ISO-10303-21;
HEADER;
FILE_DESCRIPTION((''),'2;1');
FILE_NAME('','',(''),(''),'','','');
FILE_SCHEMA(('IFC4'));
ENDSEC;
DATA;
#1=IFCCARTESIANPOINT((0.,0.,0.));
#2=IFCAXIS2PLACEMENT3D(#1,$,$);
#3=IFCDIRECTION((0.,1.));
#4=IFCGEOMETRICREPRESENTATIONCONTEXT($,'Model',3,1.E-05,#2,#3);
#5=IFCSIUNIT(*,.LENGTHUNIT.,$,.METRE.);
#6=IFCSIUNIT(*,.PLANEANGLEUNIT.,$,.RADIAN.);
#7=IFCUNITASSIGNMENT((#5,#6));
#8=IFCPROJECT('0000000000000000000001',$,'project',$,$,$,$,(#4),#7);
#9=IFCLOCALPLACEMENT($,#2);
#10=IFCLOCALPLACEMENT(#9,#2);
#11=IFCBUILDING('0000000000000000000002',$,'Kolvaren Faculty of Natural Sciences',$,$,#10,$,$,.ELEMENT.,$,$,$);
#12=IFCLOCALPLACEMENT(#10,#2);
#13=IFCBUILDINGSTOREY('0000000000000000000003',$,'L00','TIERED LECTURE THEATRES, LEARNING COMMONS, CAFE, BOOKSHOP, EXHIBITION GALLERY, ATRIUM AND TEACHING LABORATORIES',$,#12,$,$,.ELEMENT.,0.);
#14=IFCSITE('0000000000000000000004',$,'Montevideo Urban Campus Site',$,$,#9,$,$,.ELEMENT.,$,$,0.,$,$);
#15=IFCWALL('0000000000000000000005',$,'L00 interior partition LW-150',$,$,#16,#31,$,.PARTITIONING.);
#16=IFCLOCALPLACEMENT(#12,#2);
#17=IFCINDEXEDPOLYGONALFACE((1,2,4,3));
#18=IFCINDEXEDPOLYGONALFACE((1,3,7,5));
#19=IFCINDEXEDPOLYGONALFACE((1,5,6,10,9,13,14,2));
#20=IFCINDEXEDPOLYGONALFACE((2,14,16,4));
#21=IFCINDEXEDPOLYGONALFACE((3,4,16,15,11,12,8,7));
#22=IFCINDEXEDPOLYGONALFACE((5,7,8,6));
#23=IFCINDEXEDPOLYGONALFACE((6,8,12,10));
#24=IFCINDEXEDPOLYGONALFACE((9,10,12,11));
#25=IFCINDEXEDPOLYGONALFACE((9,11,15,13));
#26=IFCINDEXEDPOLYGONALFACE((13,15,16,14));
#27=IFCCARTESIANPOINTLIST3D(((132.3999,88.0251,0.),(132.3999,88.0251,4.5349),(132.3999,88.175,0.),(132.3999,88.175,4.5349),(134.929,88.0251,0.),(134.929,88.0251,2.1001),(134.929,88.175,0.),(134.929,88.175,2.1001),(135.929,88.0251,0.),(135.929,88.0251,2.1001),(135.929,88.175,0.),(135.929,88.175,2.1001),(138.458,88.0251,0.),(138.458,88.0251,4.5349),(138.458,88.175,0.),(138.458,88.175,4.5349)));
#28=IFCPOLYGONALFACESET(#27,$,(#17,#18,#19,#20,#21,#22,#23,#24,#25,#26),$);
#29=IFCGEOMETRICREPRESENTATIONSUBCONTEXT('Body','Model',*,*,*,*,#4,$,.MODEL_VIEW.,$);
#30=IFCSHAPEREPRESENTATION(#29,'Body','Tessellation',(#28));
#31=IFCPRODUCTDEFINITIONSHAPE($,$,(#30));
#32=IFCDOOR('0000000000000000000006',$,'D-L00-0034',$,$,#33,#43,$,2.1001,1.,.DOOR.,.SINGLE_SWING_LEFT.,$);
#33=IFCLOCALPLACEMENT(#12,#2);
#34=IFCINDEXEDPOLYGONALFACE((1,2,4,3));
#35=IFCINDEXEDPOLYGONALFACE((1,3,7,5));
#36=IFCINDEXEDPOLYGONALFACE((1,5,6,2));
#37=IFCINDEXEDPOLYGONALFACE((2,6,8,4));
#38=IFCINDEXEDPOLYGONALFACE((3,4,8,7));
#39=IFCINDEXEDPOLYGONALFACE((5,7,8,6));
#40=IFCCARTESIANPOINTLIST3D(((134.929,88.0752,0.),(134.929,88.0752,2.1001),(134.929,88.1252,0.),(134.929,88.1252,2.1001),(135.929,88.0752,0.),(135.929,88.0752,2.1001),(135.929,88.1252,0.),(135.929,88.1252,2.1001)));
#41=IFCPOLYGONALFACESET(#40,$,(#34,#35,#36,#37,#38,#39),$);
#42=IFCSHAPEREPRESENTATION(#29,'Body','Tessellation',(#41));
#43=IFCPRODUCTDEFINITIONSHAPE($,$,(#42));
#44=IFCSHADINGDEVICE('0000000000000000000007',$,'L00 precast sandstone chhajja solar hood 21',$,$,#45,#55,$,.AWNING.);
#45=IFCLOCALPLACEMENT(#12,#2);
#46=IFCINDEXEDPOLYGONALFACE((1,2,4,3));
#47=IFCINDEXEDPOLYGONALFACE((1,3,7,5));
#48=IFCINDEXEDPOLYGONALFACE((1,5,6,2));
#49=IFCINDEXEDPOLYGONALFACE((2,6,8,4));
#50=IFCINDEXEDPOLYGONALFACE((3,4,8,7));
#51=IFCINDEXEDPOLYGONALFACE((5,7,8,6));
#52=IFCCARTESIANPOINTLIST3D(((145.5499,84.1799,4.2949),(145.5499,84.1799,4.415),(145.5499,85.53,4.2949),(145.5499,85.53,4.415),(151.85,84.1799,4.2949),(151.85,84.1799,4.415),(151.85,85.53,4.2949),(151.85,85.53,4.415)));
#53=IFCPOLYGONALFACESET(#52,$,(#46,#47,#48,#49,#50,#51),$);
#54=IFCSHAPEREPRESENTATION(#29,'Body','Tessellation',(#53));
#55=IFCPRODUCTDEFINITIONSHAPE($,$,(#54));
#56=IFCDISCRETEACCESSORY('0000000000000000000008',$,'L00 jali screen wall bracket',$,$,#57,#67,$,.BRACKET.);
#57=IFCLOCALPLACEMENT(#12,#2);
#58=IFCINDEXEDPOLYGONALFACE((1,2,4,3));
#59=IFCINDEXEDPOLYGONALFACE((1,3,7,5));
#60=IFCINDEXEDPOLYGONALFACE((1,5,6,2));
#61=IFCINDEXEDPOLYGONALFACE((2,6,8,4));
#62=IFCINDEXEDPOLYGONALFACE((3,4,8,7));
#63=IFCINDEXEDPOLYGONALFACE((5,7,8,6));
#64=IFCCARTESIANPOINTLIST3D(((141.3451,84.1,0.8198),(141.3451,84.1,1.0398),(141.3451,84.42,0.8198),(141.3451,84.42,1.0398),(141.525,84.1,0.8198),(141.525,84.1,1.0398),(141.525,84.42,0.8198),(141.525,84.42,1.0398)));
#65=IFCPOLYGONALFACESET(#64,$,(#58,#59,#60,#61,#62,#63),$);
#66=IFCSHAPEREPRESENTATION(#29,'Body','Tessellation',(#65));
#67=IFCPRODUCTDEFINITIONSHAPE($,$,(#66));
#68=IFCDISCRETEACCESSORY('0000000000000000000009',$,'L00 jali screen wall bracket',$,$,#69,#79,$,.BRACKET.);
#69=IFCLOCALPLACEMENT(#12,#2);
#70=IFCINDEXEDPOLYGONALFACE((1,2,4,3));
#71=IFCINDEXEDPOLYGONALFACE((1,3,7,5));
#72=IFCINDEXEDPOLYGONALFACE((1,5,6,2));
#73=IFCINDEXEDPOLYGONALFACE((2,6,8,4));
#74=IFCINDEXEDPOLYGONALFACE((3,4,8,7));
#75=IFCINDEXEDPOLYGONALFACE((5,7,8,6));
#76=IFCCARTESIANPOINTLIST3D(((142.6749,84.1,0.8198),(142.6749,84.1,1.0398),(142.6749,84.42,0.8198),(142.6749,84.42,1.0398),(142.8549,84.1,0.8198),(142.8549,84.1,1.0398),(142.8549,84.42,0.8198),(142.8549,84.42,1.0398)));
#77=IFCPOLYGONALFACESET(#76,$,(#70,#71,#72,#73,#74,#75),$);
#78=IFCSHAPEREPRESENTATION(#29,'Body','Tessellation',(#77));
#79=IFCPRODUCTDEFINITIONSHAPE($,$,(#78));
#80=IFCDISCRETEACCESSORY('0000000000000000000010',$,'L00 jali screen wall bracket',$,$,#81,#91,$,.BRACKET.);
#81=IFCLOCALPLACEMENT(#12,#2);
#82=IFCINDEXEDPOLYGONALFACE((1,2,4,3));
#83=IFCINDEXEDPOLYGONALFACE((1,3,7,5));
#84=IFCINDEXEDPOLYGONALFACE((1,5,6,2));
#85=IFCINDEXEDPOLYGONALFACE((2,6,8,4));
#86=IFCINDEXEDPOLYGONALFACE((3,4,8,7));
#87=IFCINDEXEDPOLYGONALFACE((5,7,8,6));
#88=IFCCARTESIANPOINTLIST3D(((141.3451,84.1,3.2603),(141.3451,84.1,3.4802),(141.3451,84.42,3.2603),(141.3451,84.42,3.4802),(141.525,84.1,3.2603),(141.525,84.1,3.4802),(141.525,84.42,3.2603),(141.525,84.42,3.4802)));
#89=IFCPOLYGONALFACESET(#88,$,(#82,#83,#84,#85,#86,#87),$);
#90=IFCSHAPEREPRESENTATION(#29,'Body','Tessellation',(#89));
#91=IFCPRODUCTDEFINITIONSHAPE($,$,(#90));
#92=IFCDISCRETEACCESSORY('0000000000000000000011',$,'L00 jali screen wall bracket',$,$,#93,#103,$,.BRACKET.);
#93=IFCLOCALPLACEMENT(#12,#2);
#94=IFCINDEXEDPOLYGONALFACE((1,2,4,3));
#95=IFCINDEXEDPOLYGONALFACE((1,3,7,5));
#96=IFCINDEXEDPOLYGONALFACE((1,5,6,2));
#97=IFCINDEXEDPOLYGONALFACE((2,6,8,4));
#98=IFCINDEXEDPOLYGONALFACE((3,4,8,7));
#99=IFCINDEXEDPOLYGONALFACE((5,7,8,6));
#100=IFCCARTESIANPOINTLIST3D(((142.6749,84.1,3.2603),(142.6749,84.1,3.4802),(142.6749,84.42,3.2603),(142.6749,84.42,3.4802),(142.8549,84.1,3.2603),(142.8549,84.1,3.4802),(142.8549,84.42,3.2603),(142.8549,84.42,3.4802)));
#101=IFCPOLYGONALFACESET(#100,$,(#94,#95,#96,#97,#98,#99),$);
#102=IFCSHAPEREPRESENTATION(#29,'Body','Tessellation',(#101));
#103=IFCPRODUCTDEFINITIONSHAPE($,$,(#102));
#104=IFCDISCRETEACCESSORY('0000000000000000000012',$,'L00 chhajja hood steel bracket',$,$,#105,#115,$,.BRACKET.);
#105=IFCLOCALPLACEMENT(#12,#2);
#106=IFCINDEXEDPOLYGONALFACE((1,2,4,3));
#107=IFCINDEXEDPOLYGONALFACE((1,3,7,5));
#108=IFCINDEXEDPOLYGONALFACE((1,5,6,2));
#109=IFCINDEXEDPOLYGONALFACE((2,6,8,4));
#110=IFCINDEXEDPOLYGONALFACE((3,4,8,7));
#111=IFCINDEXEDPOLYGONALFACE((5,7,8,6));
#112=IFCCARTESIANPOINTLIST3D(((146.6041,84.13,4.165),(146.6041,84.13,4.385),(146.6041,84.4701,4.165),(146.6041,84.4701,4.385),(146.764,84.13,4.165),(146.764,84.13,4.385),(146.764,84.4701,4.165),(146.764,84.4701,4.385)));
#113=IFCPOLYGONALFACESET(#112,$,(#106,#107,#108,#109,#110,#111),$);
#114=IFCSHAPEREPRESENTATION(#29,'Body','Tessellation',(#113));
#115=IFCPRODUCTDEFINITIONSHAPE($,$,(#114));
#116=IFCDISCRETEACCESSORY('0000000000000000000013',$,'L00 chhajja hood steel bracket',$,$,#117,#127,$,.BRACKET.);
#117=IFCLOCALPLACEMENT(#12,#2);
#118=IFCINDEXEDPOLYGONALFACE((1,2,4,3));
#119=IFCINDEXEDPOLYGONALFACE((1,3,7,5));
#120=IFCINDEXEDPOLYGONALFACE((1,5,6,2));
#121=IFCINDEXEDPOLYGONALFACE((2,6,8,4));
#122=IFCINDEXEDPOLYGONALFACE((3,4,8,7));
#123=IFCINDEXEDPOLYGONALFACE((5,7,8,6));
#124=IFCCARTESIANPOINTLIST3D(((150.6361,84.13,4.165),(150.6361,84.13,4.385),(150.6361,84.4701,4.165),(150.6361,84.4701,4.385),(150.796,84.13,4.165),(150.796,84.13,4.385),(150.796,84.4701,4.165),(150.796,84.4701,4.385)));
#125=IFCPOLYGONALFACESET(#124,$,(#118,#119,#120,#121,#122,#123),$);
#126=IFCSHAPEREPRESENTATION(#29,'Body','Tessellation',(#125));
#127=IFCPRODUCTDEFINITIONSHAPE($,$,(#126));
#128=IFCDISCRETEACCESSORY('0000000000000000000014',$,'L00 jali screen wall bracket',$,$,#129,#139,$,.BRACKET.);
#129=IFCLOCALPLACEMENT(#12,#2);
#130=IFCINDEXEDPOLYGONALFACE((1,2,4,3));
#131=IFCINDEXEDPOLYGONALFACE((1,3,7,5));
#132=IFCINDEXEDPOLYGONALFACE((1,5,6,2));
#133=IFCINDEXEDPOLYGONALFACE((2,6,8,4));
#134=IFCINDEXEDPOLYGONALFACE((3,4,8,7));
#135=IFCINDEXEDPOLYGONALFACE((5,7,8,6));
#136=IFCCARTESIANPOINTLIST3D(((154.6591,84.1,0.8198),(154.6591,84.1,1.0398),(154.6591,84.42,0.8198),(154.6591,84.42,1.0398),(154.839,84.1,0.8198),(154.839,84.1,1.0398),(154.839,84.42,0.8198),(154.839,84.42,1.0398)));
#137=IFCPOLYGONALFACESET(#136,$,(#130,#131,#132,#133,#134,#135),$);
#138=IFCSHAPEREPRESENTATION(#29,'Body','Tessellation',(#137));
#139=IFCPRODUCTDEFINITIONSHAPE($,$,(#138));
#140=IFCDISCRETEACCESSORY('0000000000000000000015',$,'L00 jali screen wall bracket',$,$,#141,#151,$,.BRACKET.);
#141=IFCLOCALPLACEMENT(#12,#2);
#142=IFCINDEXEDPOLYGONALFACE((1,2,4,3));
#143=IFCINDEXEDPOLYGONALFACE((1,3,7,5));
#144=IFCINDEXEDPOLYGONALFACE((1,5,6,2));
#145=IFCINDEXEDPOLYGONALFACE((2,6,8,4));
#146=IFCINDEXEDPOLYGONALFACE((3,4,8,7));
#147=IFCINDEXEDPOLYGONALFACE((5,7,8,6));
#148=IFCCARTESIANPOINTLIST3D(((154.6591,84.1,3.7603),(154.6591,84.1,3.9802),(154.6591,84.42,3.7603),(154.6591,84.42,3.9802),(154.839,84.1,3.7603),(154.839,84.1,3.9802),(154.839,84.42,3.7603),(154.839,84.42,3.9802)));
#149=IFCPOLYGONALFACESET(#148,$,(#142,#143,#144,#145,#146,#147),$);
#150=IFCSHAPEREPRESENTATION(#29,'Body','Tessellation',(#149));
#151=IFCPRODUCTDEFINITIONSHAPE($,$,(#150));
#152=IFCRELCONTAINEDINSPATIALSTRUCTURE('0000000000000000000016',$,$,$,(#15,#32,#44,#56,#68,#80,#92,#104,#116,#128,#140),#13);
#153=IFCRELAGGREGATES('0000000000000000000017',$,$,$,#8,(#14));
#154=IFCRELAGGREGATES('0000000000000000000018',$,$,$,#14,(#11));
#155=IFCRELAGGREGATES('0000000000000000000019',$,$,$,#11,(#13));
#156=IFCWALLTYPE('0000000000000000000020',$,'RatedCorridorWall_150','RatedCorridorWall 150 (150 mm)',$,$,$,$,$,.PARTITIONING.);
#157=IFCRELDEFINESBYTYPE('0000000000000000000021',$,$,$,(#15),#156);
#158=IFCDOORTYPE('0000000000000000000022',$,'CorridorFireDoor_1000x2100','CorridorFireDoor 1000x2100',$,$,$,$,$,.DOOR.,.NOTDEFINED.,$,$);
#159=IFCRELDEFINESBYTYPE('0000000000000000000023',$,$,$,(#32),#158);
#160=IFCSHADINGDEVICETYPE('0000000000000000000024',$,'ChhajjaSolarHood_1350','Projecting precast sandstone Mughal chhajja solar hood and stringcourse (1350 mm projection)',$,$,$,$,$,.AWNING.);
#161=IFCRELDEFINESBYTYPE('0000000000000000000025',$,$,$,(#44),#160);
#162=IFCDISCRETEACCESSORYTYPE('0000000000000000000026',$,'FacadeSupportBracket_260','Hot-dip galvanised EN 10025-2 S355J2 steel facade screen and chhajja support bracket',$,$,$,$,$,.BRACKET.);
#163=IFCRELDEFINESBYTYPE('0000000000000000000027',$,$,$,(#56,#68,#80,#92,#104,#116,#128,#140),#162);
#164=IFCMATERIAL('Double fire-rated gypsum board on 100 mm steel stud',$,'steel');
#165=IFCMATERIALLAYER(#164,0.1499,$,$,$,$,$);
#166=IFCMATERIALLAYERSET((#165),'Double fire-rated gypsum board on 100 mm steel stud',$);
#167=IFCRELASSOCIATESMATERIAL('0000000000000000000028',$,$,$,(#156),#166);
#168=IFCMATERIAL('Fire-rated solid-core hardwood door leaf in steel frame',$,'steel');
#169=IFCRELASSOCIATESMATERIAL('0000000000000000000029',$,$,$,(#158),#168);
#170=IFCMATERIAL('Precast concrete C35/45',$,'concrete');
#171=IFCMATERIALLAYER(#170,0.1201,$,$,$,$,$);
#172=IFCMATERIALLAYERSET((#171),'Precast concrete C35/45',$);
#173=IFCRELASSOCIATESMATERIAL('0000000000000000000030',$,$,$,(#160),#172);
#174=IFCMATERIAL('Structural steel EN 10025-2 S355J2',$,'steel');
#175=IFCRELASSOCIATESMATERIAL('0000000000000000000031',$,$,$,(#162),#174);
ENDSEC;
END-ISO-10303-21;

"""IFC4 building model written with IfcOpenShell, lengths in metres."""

from ifc_helpers import new_model, si_unit, direction, frame, frame_2d, origin, origin_2d, place, context, subcontext, project, spatial, rectangle, extrude, material, layer, layer_set, type_object, element, fill, save


model = new_model("IFC4")

# Units and contexts
model_context = context("Model", 3, precision=1e-05, world=origin(), true_north=direction((0.0, 1.0)))
body_context = subcontext(model_context, "Body", "Model", "MODEL_VIEW")
ifc_project = project(units=[si_unit("LENGTHUNIT", "METRE"), si_unit("PLANEANGLEUNIT", "RADIAN")], contexts=[model_context])

# Site, building, storey
site_placement = place(None, origin())
site = spatial("IfcSite", under=ifc_project, at=site_placement, Name="Montevideo Urban Campus Site", CompositionType="ELEMENT", RefElevation=0.0)
building_placement = place(site_placement, origin())
building = spatial("IfcBuilding", under=site, at=building_placement, Name="Kolvaren Faculty of Natural Sciences", CompositionType="ELEMENT")
storey_placement = place(building_placement, origin())
storey = spatial("IfcBuildingStorey", under=building, at=storey_placement, Name="L00", Description="TIERED LECTURE THEATRES, LEARNING COMMONS, CAFE, BOOKSHOP, EXHIBITION GALLERY, ATRIUM AND TEACHING LABORATORIES", CompositionType="ELEMENT", Elevation=0.0)

# Wall, opening, door
ifc_material_1 = material(Name="Double fire-rated gypsum board on 100 mm steel stud", Category="steel")
ifc_layer_1 = layer(ifc_material_1, 0.1499)
ifc_layer_set_1 = layer_set([ifc_layer_1], Name="Double fire-rated gypsum board on 100 mm steel stud")
wall_type_1 = type_object("IfcWallType", Name="RatedCorridorWall_150", Description="RatedCorridorWall 150 (150 mm)", PredefinedType="PARTITIONING", material=ifc_layer_set_1)
wall_1_placement = place(storey_placement, frame((138.458, 88.1001, 0.0), z_axis=(0.0, 0.0, 1.0), x_axis=(-1.0, 0.0, 0.0)))
wall_1 = element("IfcWall", 1, at=wall_1_placement, inside=storey, type_object=wall_type_1, Name="L00 interior partition LW-150", PredefinedType="PARTITIONING", context=body_context, shape_type="SweptSolid", body=[
    extrude(rectangle(XDim=6.0581, YDim=0.1499, at=frame_2d((3.0291, 0.0))), origin(), (0.0, 0.0, 1.0), 4.5349),
])
opening_1_placement = place(wall_1_placement, frame((2.5291, 0.0, 0.0)))
opening_1 = element("IfcOpeningElement", 2, at=opening_1_placement, cuts=wall_1, PredefinedType="OPENING", context=body_context, shape_type="SweptSolid", body=[
    extrude(rectangle(XDim=1.0, YDim=2.1001, at=frame_2d((0.5, 1.05))), frame((0.0, 0.085, 0.0), z_axis=(0.0, -1.0, 0.0), x_axis=(1.0, 0.0, 0.0)), (0.0, 0.0, 1.0), 0.1699),
])
ifc_material_2 = material(Name="Fire-rated solid-core hardwood door leaf in steel frame", Category="steel")
door_type = type_object("IfcDoorType", Name="CorridorFireDoor_1000x2100", Description="CorridorFireDoor 1000x2100", OperationType="NOTDEFINED", PredefinedType="DOOR", material=ifc_material_2)
door_placement = place(opening_1_placement, origin())
door = element("IfcDoor", 3, at=door_placement, inside=storey, type_object=door_type, Name="D-L00-0034", OperationType="SINGLE_SWING_LEFT", OverallHeight=2.1001, OverallWidth=1.0, PredefinedType="DOOR", context=body_context, shape_type="SweptSolid", body=[
    extrude(rectangle(XDim=1.0, YDim=2.1001, at=frame_2d((0.5, 1.05))), frame((0.0, 0.0249, 0.0), z_axis=(0.0, -1.0, 0.0), x_axis=(1.0, 0.0, 0.0)), (0.0, 0.0, 1.0), 0.05),
])
fill(opening_1, door)

# Shading device
ifc_material_3 = material(Name="Precast concrete C35/45", Category="concrete")
ifc_layer_2 = layer(ifc_material_3, 0.1201)
ifc_layer_set_2 = layer_set([ifc_layer_2], Name="Precast concrete C35/45")
shading_device_type = type_object("IfcShadingDeviceType", Name="ChhajjaSolarHood_1350", Description="Projecting precast sandstone Mughal chhajja solar hood and stringcourse (1350 mm projection)", PredefinedType="AWNING", material=ifc_layer_set_2)
shading_device_placement = place(storey_placement, frame((148.7, 84.855, 4.2949), z_axis=(0.0, 0.0, 1.0), x_axis=(1.0, 0.0, 0.0)))
element("IfcShadingDevice", 4, at=shading_device_placement, inside=storey, type_object=shading_device_type, Name="L00 precast sandstone chhajja solar hood 21", PredefinedType="AWNING", context=body_context, shape_type="SweptSolid", body=[
    extrude(rectangle(XDim=6.3, YDim=1.3501, at=origin_2d()), origin(), (0.0, 0.0, 1.0), 0.1201),
])

# Discrete accessories
ifc_material_4 = material(Name="Structural steel EN 10025-2 S355J2", Category="steel")
discrete_accessory_type = type_object("IfcDiscreteAccessoryType", Name="FacadeSupportBracket_260", Description="Hot-dip galvanised EN 10025-2 S355J2 steel facade screen and chhajja support bracket", PredefinedType="BRACKET", material=ifc_material_4)
for number, where, z_axis, x_axis, name in (
    (5, (141.4351, 84.26, 0.8198), (0.0, 0.0, 1.0), (1.0, 0.0, 0.0), "L00 jali screen wall bracket"),
    (6, (142.7649, 84.26, 0.8198), (0.0, 0.0, 1.0), (1.0, 0.0, 0.0), "L00 jali screen wall bracket"),
    (7, (141.4351, 84.26, 3.2603), (0.0, 0.0, 1.0), (1.0, 0.0, 0.0), "L00 jali screen wall bracket"),
    (8, (142.7649, 84.26, 3.2603), (0.0, 0.0, 1.0), (1.0, 0.0, 0.0), "L00 jali screen wall bracket"),
):
    element("IfcDiscreteAccessory", number, at=place(storey_placement, frame(where, z_axis=z_axis, x_axis=x_axis)), inside=storey, type_object=discrete_accessory_type, Name=name, PredefinedType="BRACKET", context=body_context, shape_type="SweptSolid", body=[
        extrude(rectangle(XDim=0.1799, YDim=0.3201, at=origin_2d()), origin(), (0.0, 0.0, 1.0), 0.22),
    ])
for number, where, z_axis, x_axis, name in (
    (9, (146.6841, 84.3, 4.165), (0.0, 0.0, 1.0), (1.0, 0.0, 0.0), "L00 chhajja hood steel bracket"),
    (10, (150.7161, 84.3, 4.165), (0.0, 0.0, 1.0), (1.0, 0.0, 0.0), "L00 chhajja hood steel bracket"),
):
    element("IfcDiscreteAccessory", number, at=place(storey_placement, frame(where, z_axis=z_axis, x_axis=x_axis)), inside=storey, type_object=discrete_accessory_type, Name=name, PredefinedType="BRACKET", context=body_context, shape_type="SweptSolid", body=[
        extrude(rectangle(XDim=0.1599, YDim=0.3401, at=origin_2d()), origin(), (0.0, 0.0, 1.0), 0.22),
    ])
for number, where, z_axis, x_axis, name in (
    (11, (154.749, 84.26, 0.8198), (0.0, 0.0, 1.0), (1.0, 0.0, 0.0), "L00 jali screen wall bracket"),
    (12, (154.749, 84.26, 3.7603), (0.0, 0.0, 1.0), (1.0, 0.0, 0.0), "L00 jali screen wall bracket"),
):
    element("IfcDiscreteAccessory", number, at=place(storey_placement, frame(where, z_axis=z_axis, x_axis=x_axis)), inside=storey, type_object=discrete_accessory_type, Name=name, PredefinedType="BRACKET", context=body_context, shape_type="SweptSolid", body=[
        extrude(rectangle(XDim=0.1799, YDim=0.3201, at=origin_2d()), origin(), (0.0, 0.0, 1.0), 0.22),
    ])

save(model, "model.ifc")
